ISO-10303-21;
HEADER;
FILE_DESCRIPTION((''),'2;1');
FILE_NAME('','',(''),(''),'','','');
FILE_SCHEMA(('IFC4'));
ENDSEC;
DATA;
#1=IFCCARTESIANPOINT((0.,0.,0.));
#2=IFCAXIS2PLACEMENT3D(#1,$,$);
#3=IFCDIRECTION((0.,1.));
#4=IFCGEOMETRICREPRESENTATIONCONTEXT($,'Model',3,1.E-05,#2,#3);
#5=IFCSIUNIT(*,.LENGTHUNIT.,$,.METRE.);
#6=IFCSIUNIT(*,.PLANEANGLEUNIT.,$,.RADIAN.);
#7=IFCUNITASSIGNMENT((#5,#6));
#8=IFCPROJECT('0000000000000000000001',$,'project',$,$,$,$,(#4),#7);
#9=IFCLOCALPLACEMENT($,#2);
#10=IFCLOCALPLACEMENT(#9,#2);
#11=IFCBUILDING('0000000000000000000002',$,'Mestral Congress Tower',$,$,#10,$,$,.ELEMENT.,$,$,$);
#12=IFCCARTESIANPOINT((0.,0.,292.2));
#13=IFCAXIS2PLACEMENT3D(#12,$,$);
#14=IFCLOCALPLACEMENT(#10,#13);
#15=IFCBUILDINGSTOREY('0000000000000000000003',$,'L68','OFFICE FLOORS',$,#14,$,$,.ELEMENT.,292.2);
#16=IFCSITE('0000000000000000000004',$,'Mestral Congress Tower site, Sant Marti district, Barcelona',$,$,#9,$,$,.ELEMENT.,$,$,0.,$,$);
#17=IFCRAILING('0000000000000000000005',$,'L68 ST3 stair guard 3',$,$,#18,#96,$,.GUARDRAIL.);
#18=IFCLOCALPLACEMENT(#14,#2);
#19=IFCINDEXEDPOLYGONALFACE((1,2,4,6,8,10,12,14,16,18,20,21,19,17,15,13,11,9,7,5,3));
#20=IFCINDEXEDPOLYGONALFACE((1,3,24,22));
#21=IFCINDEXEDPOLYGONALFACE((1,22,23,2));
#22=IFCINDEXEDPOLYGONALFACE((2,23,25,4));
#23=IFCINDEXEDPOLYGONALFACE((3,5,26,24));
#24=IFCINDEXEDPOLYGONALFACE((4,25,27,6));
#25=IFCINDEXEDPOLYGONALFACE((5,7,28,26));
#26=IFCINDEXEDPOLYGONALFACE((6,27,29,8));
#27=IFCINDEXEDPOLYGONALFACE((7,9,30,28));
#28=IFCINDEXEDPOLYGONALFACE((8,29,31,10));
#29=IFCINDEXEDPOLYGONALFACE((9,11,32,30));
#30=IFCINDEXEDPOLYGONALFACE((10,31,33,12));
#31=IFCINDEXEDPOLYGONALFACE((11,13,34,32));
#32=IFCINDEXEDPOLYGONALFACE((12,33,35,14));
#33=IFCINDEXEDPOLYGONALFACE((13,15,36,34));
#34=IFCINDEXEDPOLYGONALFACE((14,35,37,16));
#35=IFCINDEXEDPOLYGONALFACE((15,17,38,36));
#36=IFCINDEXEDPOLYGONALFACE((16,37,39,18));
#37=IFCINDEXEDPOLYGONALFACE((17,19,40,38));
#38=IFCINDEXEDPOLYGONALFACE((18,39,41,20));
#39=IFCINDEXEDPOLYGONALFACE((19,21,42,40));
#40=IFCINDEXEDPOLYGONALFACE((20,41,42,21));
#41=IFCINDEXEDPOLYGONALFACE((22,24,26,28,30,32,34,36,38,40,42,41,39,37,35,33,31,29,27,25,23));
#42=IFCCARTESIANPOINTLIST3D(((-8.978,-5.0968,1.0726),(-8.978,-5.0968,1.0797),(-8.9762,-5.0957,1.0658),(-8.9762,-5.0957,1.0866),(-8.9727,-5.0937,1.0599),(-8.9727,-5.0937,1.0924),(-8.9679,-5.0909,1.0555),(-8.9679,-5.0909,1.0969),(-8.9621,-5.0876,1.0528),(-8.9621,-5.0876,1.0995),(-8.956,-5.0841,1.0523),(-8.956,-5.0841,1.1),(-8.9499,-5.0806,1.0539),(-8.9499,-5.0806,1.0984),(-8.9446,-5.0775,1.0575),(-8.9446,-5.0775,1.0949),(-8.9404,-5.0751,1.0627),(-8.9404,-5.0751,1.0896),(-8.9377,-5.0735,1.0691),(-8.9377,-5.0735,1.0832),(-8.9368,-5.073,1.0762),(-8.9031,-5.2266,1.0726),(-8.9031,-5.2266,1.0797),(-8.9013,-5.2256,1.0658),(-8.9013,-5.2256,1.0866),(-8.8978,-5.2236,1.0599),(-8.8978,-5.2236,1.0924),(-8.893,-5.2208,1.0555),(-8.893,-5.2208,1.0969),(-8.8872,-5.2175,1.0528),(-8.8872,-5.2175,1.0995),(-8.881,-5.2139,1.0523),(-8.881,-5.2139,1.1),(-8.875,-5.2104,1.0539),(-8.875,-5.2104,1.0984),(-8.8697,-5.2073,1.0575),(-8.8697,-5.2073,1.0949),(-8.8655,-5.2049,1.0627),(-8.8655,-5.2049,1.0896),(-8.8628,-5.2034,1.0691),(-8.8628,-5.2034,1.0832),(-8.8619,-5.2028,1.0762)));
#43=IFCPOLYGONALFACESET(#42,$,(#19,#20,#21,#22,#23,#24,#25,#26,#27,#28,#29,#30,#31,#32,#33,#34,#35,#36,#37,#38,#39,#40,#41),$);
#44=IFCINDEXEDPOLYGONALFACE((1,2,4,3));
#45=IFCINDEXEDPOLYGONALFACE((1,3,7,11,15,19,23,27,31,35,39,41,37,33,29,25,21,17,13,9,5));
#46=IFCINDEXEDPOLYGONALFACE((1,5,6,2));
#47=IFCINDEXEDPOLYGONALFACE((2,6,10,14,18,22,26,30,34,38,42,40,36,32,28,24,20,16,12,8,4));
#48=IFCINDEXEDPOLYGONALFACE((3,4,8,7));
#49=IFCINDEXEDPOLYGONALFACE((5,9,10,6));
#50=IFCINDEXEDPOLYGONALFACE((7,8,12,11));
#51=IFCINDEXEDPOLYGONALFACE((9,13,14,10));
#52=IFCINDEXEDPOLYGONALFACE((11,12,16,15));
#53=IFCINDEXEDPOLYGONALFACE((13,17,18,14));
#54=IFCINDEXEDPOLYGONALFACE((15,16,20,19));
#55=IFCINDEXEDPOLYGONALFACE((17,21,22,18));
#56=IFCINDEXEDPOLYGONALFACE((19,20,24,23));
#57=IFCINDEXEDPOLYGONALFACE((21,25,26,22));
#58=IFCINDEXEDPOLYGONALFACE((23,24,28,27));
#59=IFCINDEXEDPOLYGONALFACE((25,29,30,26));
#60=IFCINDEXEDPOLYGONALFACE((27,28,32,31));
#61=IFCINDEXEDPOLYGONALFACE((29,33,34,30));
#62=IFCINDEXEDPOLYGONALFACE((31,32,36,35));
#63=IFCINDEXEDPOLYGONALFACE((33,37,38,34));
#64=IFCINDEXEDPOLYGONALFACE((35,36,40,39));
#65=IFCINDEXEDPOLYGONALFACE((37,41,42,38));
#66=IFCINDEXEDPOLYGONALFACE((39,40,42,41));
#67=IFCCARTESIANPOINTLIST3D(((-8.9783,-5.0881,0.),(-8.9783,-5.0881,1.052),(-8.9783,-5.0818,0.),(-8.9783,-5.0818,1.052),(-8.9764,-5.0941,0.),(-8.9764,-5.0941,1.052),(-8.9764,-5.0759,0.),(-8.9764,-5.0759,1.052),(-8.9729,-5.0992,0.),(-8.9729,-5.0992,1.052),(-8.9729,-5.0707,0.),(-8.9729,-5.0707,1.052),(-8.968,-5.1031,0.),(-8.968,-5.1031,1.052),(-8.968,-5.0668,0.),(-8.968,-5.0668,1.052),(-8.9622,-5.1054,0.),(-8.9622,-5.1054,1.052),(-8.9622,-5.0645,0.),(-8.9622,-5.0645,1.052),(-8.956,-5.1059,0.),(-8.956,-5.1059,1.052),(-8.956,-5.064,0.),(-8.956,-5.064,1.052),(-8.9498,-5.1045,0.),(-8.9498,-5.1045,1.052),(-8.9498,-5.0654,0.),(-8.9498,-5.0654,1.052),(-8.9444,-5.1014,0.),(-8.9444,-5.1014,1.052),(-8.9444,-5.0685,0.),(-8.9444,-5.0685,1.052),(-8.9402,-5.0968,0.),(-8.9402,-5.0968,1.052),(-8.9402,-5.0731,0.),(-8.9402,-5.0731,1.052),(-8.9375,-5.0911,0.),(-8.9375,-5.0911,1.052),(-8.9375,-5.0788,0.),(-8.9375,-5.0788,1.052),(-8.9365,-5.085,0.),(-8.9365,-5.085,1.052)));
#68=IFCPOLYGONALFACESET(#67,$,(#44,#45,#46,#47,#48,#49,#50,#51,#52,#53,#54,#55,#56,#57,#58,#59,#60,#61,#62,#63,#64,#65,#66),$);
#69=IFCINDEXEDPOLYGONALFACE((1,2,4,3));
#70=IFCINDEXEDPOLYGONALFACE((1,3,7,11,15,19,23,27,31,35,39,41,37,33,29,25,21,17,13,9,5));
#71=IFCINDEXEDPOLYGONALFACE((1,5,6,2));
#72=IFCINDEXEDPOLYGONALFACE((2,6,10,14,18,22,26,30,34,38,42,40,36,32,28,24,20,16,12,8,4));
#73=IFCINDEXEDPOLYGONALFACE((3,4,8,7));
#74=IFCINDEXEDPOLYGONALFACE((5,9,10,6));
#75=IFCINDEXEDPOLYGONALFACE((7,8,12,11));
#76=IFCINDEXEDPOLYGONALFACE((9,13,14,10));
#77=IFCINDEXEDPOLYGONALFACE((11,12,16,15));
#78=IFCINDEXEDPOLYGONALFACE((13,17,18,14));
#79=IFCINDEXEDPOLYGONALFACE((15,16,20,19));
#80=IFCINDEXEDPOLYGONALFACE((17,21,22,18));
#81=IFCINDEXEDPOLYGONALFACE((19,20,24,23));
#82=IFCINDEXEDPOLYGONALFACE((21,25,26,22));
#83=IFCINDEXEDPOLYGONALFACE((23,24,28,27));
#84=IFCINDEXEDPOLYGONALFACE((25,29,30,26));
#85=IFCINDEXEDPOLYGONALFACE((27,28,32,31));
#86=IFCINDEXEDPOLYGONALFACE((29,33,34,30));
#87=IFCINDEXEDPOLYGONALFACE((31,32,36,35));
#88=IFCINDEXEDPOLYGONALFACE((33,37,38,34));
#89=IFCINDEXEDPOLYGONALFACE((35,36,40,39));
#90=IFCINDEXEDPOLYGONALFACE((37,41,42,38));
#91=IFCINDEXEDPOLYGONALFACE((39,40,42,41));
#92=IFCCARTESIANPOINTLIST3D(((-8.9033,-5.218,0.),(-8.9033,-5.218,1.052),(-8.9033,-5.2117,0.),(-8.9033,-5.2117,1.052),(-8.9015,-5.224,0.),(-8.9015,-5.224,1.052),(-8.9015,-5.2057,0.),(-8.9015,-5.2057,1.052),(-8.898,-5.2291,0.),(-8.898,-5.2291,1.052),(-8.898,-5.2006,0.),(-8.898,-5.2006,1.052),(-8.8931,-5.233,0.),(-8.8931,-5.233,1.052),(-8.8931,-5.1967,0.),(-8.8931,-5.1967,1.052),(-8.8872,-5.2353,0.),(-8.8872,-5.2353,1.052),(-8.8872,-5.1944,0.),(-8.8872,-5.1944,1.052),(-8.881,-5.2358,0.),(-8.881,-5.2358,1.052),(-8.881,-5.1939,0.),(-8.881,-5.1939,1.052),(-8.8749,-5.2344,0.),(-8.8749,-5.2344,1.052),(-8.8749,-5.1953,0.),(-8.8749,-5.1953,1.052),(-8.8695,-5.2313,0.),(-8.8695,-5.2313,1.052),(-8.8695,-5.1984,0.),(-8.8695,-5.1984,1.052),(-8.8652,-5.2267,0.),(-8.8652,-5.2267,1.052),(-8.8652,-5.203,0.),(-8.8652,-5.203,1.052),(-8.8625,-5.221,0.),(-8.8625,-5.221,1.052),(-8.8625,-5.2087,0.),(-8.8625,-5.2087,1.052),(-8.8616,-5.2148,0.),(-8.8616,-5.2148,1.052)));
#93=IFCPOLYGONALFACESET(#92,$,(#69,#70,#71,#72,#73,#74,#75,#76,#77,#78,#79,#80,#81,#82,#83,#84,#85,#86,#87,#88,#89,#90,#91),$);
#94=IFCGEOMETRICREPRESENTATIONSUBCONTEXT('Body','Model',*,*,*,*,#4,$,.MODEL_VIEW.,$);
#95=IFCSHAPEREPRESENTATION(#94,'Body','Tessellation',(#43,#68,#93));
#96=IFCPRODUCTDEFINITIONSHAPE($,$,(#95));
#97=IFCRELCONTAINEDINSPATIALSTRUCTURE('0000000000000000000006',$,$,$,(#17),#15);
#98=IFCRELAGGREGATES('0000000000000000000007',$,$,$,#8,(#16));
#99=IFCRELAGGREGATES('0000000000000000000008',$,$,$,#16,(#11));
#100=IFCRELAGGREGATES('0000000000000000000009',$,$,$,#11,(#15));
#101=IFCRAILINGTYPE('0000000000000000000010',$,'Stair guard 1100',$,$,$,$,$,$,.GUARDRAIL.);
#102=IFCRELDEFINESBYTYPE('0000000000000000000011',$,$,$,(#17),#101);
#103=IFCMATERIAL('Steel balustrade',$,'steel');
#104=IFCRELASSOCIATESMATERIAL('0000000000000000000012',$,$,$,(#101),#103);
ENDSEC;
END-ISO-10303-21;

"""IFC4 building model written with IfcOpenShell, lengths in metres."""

from ifc_helpers import new_model, si_unit, direction, frame, origin, origin_2d, place, context, subcontext, project, spatial, circle, extrude, material, type_object, element, save


model = new_model("IFC4")

# Units and contexts
model_context = context("Model", 3, precision=1e-05, world=origin(), true_north=direction((0.0, 1.0)))
body_context = subcontext(model_context, "Body", "Model", "MODEL_VIEW")
ifc_project = project(units=[si_unit("LENGTHUNIT", "METRE"), si_unit("PLANEANGLEUNIT", "RADIAN")], contexts=[model_context])

# Site, building, storey
site_placement = place(None, origin())
site = spatial("IfcSite", under=ifc_project, at=site_placement, Name="Mestral Congress Tower site, Sant Marti district, Barcelona", CompositionType="ELEMENT", RefElevation=0.0)
building_placement = place(site_placement, origin())
building = spatial("IfcBuilding", under=site, at=building_placement, Name="Mestral Congress Tower", CompositionType="ELEMENT")
storey_placement = place(building_placement, frame((0.0, 0.0, 292.2)))
storey = spatial("IfcBuildingStorey", under=building, at=storey_placement, Name="L68", Description="OFFICE FLOORS", CompositionType="ELEMENT", Elevation=292.2)

# Railing
ifc_material_1 = material(Name="Steel balustrade", Category="steel")
railing_type_1 = type_object("IfcRailingType", Name="Stair guard 1100", PredefinedType="GUARDRAIL", material=ifc_material_1)
railing_1_placement = place(storey_placement, frame((-8.9575, -5.085, 0.0)))
element("IfcRailing", 1, at=railing_1_placement, inside=storey, type_object=railing_type_1, Name="L68 ST3 stair guard 3", PredefinedType="GUARDRAIL", context=body_context, shape_type="SweptSolid", body=[
    extrude(circle(Radius=0.0239, at=origin_2d()), frame((0.0, 0.0, 1.0762), z_axis=(0.499816, -0.866131, 0.0), x_axis=(0.866131, 0.499816, 0.0)), (0.0, 0.0, 1.0), 0.1499),
    extrude(circle(Radius=0.021, at=origin_2d()), origin(), (0.0, 0.0, 1.0), 1.052),
    extrude(circle(Radius=0.021, at=origin_2d()), frame((0.075, -0.1299, 0.0)), (0.0, 0.0, 1.0), 1.052),
])

save(model, "model.ifc")
